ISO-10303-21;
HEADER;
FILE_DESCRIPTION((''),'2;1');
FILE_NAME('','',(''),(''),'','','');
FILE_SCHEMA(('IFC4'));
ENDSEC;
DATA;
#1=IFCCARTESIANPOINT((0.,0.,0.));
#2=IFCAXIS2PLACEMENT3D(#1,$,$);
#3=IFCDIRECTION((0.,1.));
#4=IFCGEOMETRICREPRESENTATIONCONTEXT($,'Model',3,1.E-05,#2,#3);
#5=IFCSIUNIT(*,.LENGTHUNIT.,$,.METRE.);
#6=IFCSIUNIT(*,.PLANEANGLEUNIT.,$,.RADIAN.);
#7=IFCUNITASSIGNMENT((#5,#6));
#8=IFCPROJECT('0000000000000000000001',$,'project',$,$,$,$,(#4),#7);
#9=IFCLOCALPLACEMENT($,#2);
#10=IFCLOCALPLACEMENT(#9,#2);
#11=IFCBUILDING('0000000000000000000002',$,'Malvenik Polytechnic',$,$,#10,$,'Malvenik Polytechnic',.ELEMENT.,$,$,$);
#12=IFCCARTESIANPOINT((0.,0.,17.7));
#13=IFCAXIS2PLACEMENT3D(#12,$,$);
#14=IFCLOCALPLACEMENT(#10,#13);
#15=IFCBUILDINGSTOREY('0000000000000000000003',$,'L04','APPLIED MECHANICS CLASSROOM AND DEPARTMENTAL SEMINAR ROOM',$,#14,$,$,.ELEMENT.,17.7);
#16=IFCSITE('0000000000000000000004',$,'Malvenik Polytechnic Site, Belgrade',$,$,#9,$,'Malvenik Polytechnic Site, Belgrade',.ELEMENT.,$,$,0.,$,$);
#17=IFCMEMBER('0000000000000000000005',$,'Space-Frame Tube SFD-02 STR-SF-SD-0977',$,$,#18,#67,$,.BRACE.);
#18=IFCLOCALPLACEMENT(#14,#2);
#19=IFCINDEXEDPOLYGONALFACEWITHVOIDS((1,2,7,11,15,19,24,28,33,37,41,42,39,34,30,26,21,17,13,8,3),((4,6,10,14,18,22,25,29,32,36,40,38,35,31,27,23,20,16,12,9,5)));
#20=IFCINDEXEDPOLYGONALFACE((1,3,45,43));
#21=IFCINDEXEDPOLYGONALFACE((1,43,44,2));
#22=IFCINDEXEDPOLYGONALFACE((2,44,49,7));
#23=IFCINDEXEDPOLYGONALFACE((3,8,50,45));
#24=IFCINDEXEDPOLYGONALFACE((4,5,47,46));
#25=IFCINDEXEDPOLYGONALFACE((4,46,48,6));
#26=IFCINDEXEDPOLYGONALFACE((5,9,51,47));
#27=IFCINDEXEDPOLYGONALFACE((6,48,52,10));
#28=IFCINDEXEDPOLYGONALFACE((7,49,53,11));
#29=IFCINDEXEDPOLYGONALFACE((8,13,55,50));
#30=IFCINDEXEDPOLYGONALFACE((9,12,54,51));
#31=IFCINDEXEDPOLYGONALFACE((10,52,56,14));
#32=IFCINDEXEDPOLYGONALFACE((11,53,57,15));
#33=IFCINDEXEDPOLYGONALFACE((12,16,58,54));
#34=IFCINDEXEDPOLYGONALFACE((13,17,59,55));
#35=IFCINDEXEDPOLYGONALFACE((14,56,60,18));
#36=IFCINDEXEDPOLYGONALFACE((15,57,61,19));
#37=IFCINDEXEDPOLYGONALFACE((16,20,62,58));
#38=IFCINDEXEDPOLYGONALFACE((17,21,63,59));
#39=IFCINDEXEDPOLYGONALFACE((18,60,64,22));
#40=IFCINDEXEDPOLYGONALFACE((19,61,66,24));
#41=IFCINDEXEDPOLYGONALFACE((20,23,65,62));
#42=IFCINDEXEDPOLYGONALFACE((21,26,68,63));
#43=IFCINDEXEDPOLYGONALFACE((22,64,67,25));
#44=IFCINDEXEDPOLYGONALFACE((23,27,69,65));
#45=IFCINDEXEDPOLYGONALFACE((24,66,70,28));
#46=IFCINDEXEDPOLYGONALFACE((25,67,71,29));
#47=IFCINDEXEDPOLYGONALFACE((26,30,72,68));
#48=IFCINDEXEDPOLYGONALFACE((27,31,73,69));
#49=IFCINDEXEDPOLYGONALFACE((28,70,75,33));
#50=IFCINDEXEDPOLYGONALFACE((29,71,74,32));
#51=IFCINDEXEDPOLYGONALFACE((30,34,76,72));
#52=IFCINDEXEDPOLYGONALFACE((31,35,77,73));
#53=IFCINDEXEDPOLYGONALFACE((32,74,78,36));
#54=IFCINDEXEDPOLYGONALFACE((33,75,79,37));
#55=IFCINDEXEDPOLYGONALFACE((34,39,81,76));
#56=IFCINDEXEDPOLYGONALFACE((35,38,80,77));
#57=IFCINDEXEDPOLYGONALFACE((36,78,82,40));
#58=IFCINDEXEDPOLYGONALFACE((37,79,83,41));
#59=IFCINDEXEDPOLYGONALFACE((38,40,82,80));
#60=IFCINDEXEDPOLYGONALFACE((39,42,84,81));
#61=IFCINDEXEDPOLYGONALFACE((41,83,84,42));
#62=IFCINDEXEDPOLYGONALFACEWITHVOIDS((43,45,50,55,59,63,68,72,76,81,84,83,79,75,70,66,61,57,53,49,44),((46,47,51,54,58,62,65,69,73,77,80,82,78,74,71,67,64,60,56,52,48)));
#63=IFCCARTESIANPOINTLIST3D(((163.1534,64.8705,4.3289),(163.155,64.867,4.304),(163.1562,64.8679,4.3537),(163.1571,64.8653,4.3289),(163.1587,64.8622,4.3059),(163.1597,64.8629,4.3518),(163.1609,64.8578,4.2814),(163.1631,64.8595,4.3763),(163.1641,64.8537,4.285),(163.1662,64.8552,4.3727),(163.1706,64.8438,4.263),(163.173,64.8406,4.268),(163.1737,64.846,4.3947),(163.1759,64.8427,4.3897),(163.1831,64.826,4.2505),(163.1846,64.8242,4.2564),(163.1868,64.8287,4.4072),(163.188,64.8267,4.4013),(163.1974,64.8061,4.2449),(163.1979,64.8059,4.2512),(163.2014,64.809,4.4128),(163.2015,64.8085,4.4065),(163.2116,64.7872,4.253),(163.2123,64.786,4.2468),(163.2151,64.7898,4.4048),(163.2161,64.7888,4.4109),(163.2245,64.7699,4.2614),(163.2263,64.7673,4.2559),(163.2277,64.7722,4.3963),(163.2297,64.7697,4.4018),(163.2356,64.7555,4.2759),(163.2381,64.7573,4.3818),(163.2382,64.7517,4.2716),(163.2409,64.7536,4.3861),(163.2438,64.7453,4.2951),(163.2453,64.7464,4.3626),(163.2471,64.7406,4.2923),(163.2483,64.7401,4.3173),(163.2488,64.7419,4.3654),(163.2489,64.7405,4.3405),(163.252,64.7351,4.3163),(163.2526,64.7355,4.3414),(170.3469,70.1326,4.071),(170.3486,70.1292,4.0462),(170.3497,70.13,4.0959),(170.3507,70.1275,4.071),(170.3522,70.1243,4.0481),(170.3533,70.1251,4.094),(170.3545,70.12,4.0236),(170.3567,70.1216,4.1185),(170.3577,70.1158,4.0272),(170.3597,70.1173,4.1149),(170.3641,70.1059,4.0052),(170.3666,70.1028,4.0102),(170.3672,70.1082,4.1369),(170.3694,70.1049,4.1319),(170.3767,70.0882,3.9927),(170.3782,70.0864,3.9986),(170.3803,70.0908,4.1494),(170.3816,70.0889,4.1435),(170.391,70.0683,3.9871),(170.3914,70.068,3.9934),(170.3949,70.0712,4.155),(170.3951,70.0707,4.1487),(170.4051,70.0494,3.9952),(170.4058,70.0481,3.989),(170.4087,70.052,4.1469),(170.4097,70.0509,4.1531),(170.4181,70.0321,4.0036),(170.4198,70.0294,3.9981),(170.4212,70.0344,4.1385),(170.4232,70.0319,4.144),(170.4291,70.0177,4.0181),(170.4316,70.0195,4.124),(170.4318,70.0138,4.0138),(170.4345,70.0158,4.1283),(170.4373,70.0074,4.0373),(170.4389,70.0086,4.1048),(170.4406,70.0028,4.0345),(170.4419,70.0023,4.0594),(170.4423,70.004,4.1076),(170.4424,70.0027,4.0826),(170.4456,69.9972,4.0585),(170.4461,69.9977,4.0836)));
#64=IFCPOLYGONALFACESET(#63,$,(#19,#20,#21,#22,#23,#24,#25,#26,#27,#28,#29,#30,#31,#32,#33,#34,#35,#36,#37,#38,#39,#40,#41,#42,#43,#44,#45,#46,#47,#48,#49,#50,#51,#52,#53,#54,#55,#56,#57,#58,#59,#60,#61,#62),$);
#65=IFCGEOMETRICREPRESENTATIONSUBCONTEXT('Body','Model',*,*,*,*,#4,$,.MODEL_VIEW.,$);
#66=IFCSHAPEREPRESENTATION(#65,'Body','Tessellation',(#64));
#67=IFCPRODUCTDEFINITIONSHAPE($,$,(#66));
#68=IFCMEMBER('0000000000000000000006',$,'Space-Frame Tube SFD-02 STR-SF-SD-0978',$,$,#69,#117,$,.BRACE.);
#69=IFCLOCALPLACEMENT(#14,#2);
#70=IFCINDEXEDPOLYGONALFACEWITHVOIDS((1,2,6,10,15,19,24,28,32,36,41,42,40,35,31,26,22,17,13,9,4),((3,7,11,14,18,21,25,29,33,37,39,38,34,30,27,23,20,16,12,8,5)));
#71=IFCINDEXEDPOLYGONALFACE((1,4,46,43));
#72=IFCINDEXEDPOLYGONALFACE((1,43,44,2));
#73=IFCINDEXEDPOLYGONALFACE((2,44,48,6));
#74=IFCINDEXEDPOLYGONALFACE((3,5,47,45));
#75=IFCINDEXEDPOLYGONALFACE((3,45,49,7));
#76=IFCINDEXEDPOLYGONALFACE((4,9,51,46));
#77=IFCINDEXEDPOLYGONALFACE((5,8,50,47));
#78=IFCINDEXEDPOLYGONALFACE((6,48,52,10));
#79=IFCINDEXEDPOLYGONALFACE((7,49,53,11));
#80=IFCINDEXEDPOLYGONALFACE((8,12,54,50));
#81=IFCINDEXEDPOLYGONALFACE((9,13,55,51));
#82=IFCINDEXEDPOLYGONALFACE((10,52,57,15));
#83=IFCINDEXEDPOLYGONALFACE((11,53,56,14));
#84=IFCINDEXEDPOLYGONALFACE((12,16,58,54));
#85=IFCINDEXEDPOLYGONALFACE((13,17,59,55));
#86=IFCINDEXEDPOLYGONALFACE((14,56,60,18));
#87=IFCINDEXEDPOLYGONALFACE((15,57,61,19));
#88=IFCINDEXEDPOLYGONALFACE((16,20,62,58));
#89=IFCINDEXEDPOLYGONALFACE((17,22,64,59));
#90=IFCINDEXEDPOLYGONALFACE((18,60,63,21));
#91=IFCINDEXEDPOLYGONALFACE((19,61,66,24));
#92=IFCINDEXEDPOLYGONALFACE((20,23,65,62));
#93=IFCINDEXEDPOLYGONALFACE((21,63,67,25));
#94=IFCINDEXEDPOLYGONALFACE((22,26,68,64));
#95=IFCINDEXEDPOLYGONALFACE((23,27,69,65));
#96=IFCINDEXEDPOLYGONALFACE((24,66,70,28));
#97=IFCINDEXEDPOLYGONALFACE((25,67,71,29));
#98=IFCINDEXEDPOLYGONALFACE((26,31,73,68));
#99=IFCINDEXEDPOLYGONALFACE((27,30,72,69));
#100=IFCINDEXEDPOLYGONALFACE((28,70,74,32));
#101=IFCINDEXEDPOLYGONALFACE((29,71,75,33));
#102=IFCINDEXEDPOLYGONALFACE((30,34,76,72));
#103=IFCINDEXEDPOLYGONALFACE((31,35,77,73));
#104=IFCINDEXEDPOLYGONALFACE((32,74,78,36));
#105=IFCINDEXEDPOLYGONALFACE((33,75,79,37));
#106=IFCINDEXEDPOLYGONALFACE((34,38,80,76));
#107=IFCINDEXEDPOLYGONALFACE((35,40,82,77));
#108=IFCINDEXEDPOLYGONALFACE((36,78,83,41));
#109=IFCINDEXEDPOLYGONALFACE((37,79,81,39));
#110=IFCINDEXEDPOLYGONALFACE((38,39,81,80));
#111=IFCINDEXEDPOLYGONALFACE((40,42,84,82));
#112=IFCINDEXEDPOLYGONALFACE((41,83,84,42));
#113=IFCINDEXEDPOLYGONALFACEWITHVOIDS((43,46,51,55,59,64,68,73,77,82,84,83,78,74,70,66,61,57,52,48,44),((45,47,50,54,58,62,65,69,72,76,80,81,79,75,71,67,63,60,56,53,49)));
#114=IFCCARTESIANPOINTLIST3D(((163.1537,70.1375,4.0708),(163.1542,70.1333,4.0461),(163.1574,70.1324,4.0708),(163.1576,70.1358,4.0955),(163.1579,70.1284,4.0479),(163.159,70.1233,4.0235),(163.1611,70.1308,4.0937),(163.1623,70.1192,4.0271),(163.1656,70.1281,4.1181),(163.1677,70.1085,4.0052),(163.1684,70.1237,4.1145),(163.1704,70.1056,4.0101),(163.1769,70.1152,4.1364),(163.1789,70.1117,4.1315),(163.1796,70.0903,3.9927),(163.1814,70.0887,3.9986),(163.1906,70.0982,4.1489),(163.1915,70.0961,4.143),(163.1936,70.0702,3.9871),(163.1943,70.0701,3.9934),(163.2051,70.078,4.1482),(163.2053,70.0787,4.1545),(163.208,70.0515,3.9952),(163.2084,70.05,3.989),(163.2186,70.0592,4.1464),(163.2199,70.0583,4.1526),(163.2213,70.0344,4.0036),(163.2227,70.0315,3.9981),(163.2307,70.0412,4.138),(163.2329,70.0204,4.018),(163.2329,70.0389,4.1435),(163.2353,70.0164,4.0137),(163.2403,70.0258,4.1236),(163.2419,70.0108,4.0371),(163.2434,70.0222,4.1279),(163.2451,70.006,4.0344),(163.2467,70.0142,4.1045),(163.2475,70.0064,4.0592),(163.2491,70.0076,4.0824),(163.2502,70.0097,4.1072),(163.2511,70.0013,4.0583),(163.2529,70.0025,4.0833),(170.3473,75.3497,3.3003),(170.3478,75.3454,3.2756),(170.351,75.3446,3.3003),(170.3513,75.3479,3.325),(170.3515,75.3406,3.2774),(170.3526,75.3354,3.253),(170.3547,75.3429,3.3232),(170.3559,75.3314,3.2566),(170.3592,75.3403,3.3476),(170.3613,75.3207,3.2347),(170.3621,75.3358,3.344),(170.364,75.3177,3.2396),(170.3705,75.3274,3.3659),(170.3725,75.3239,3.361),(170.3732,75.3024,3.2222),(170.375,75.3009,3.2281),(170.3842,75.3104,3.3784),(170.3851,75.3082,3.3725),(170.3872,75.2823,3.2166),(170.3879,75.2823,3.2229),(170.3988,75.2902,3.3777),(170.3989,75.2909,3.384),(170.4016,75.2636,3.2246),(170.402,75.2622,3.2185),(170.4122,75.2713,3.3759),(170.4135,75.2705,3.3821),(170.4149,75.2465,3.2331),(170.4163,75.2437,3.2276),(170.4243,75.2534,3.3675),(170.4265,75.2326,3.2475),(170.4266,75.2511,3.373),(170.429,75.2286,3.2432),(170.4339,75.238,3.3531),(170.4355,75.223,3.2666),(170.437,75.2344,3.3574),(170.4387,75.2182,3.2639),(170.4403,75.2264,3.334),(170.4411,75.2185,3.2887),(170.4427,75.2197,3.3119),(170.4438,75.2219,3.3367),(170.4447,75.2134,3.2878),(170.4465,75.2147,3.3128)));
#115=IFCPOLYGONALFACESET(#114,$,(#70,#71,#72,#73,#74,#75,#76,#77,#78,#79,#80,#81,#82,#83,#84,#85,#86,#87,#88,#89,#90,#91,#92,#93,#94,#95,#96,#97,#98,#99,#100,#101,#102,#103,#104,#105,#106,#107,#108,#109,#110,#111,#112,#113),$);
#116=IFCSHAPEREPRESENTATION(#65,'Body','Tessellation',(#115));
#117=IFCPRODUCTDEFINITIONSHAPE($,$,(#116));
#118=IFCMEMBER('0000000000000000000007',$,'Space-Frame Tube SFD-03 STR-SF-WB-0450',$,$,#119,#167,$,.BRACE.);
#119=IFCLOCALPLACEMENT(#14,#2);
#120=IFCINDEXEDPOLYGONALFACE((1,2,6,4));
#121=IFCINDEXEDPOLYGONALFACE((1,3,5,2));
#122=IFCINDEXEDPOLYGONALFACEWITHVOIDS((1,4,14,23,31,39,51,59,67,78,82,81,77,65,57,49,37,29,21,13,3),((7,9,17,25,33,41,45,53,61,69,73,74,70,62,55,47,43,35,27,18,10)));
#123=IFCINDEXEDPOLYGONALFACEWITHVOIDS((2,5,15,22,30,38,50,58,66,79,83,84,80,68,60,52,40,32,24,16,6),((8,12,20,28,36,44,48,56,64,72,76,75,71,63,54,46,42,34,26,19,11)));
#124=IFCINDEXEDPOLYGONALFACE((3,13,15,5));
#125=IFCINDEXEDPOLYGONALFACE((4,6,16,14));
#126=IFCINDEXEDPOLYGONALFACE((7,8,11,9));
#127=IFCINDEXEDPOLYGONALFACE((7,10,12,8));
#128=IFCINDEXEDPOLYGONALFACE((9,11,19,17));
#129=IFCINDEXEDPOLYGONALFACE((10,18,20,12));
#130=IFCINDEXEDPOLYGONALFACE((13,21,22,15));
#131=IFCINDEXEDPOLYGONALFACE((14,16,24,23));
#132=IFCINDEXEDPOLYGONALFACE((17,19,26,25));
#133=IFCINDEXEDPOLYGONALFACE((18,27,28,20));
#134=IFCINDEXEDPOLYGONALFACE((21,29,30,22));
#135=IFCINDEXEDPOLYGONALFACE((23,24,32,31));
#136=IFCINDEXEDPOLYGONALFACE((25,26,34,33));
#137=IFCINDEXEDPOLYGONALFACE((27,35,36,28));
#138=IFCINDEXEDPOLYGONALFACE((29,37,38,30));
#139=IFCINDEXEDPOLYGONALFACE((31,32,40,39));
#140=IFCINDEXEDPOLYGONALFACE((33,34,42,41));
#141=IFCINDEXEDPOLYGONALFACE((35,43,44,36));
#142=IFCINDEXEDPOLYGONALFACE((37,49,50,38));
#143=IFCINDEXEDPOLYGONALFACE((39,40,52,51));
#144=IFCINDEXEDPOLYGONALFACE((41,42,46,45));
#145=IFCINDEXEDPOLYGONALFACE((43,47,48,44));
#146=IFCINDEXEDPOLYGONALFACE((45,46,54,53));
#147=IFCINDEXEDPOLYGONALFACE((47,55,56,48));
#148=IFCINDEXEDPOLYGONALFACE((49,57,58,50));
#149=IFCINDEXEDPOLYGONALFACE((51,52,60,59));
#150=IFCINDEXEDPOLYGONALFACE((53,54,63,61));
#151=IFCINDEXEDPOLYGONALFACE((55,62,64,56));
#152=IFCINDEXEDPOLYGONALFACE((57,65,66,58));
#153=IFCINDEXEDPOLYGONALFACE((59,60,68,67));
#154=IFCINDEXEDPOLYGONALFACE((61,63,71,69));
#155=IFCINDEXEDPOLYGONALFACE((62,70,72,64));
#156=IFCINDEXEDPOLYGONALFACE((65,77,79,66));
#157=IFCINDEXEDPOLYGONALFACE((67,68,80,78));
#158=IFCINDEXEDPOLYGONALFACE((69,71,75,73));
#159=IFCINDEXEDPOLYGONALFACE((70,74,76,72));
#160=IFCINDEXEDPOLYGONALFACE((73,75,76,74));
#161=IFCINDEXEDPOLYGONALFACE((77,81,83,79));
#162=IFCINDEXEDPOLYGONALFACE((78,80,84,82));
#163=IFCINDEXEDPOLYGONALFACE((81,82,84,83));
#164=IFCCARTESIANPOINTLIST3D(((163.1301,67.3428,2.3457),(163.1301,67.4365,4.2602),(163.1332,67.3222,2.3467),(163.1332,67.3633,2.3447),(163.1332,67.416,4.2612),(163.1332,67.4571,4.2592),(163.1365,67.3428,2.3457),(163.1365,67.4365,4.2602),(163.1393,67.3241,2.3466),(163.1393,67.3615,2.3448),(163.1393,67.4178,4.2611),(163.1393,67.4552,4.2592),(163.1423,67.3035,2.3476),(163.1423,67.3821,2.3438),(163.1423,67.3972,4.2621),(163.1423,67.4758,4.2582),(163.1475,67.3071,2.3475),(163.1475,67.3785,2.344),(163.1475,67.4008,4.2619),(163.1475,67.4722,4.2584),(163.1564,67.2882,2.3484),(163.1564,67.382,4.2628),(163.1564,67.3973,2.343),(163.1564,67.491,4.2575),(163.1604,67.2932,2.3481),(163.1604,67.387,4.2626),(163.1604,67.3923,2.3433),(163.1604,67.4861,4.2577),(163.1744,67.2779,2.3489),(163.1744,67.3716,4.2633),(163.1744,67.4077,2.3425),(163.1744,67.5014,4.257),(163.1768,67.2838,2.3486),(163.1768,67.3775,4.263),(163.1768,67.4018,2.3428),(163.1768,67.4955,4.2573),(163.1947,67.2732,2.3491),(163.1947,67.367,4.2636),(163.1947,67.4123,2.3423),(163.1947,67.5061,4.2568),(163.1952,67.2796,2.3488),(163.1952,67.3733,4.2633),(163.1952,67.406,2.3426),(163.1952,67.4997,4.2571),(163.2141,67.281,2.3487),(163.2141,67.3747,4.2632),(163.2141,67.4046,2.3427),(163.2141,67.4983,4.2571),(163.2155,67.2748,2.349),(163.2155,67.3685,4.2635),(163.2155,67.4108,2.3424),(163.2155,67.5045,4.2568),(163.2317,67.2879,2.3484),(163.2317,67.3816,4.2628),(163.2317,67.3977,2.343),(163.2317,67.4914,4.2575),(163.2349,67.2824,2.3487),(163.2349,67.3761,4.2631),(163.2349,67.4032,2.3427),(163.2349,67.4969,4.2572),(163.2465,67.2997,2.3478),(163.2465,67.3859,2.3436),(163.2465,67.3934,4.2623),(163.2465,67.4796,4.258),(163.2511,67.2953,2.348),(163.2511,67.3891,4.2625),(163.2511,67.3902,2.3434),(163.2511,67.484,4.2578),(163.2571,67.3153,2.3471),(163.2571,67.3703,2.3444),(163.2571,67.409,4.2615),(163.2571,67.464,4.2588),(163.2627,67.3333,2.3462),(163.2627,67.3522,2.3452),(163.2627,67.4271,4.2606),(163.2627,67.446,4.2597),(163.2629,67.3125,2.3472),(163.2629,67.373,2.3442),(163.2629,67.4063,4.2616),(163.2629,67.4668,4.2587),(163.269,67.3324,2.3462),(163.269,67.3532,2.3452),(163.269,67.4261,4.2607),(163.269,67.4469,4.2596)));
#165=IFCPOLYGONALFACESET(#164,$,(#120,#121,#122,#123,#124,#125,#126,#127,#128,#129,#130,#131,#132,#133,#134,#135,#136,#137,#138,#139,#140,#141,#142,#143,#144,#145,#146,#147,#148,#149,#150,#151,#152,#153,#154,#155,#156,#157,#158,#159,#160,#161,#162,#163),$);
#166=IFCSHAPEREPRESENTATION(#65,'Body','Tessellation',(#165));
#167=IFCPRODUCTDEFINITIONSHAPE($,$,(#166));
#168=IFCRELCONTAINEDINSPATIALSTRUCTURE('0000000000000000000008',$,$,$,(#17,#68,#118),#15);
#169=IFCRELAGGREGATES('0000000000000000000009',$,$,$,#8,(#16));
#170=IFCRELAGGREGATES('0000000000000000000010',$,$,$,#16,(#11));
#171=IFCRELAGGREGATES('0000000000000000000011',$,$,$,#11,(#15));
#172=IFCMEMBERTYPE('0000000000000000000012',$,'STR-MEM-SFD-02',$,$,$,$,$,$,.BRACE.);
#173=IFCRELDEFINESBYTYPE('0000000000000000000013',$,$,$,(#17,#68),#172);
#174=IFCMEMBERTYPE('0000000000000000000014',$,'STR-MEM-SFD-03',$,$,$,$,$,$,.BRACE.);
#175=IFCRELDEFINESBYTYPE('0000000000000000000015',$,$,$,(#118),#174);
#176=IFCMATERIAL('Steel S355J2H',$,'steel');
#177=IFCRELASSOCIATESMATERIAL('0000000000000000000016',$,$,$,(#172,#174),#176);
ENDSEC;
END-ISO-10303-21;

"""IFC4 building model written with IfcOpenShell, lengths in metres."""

from ifc_helpers import new_model, si_unit, direction, frame, origin, origin_2d, place, context, subcontext, project, spatial, hollow_circle, extrude, material, material_profile, profile_set, type_object, element, save


model = new_model("IFC4")

# Units and contexts
model_context = context("Model", 3, precision=1e-05, world=origin(), true_north=direction((0.0, 1.0)))
body_context = subcontext(model_context, "Body", "Model", "MODEL_VIEW")
ifc_project = project(units=[si_unit("LENGTHUNIT", "METRE"), si_unit("PLANEANGLEUNIT", "RADIAN")], contexts=[model_context])

# Site, building, storey
site_placement = place(None, origin())
site = spatial("IfcSite", under=ifc_project, at=site_placement, Name="Malvenik Polytechnic Site, Belgrade", LongName="Malvenik Polytechnic Site, Belgrade", CompositionType="ELEMENT", RefElevation=0.0)
building_placement = place(site_placement, origin())
building = spatial("IfcBuilding", under=site, at=building_placement, Name="Malvenik Polytechnic", LongName="Malvenik Polytechnic", CompositionType="ELEMENT")
storey_placement = place(building_placement, frame((0.0, 0.0, 17.7)))
storey = spatial("IfcBuildingStorey", under=building, at=storey_placement, Name="L04", Description="APPLIED MECHANICS CLASSROOM AND DEPARTMENTAL SEMINAR ROOM", CompositionType="ELEMENT", Elevation=17.7)

# Members
ifc_material_1 = material(Name="Steel S355J2H", Category="steel")
ifc_material_profile_1 = material_profile(ifc_material_1, hollow_circle(Radius=0.0842, WallThickness=0.0063, at=origin_2d()), Name="CHS 168.3x6.3")
ifc_profile_set_1 = profile_set([ifc_material_profile_1], Name="Steel S355J2H")
member_type_1 = type_object("IfcMemberType", Name="STR-MEM-SFD-02", PredefinedType="BRACE", material=ifc_profile_set_1)
member_1_placement = place(storey_placement, frame((163.2031, 64.8025, 4.3289), z_axis=(0.806768, 0.59016, -0.028914), x_axis=(-0.590407, 0.807105, 0.0)))
element("IfcMember", 1, at=member_1_placement, inside=storey, type_object=member_type_1, Name="Space-Frame Tube SFD-02 STR-SF-SD-0977", PredefinedType="BRACE", context=body_context, shape_type="SweptSolid", body=[
    extrude(hollow_circle(Radius=0.0842, WallThickness=0.0063, at=origin_2d()), origin(), (0.0, 0.0, 1.0), 8.9165),
])
member_2_placement = place(storey_placement, frame((163.2031, 70.0693, 4.0708), z_axis=(0.806753, 0.584536, -0.086411), x_axis=(-0.586731, 0.809782, 0.0)))
element("IfcMember", 2, at=member_2_placement, inside=storey, type_object=member_type_1, Name="Space-Frame Tube SFD-02 STR-SF-SD-0978", PredefinedType="BRACE", context=body_context, shape_type="SweptSolid", body=[
    extrude(hollow_circle(Radius=0.0842, WallThickness=0.0063, at=origin_2d()), origin(), (0.0, 0.0, 1.0), 8.9167),
])
ifc_material_profile_2 = material_profile(ifc_material_1, hollow_circle(Radius=0.0698, WallThickness=0.0063, at=origin_2d()), Name="CHS 139.7x6.3")
ifc_profile_set_2 = profile_set([ifc_material_profile_2], Name="Steel S355J2H")
member_type_2 = type_object("IfcMemberType", Name="STR-MEM-SFD-03", PredefinedType="BRACE", material=ifc_profile_set_2)
member_3_placement = place(storey_placement, frame((163.2, 67.3428, 2.3457), z_axis=(0.0, 0.048908, 0.998803), x_axis=(-1.0, 0.0, 0.0)))
element("IfcMember", 3, at=member_3_placement, inside=storey, type_object=member_type_2, Name="Space-Frame Tube SFD-03 STR-SF-WB-0450", PredefinedType="BRACE", context=body_context, shape_type="SweptSolid", body=[
    extrude(hollow_circle(Radius=0.0698, WallThickness=0.0063, at=origin_2d()), origin(), (0.0, 0.0, 1.0), 1.9167),
])

save(model, "model.ifc")
